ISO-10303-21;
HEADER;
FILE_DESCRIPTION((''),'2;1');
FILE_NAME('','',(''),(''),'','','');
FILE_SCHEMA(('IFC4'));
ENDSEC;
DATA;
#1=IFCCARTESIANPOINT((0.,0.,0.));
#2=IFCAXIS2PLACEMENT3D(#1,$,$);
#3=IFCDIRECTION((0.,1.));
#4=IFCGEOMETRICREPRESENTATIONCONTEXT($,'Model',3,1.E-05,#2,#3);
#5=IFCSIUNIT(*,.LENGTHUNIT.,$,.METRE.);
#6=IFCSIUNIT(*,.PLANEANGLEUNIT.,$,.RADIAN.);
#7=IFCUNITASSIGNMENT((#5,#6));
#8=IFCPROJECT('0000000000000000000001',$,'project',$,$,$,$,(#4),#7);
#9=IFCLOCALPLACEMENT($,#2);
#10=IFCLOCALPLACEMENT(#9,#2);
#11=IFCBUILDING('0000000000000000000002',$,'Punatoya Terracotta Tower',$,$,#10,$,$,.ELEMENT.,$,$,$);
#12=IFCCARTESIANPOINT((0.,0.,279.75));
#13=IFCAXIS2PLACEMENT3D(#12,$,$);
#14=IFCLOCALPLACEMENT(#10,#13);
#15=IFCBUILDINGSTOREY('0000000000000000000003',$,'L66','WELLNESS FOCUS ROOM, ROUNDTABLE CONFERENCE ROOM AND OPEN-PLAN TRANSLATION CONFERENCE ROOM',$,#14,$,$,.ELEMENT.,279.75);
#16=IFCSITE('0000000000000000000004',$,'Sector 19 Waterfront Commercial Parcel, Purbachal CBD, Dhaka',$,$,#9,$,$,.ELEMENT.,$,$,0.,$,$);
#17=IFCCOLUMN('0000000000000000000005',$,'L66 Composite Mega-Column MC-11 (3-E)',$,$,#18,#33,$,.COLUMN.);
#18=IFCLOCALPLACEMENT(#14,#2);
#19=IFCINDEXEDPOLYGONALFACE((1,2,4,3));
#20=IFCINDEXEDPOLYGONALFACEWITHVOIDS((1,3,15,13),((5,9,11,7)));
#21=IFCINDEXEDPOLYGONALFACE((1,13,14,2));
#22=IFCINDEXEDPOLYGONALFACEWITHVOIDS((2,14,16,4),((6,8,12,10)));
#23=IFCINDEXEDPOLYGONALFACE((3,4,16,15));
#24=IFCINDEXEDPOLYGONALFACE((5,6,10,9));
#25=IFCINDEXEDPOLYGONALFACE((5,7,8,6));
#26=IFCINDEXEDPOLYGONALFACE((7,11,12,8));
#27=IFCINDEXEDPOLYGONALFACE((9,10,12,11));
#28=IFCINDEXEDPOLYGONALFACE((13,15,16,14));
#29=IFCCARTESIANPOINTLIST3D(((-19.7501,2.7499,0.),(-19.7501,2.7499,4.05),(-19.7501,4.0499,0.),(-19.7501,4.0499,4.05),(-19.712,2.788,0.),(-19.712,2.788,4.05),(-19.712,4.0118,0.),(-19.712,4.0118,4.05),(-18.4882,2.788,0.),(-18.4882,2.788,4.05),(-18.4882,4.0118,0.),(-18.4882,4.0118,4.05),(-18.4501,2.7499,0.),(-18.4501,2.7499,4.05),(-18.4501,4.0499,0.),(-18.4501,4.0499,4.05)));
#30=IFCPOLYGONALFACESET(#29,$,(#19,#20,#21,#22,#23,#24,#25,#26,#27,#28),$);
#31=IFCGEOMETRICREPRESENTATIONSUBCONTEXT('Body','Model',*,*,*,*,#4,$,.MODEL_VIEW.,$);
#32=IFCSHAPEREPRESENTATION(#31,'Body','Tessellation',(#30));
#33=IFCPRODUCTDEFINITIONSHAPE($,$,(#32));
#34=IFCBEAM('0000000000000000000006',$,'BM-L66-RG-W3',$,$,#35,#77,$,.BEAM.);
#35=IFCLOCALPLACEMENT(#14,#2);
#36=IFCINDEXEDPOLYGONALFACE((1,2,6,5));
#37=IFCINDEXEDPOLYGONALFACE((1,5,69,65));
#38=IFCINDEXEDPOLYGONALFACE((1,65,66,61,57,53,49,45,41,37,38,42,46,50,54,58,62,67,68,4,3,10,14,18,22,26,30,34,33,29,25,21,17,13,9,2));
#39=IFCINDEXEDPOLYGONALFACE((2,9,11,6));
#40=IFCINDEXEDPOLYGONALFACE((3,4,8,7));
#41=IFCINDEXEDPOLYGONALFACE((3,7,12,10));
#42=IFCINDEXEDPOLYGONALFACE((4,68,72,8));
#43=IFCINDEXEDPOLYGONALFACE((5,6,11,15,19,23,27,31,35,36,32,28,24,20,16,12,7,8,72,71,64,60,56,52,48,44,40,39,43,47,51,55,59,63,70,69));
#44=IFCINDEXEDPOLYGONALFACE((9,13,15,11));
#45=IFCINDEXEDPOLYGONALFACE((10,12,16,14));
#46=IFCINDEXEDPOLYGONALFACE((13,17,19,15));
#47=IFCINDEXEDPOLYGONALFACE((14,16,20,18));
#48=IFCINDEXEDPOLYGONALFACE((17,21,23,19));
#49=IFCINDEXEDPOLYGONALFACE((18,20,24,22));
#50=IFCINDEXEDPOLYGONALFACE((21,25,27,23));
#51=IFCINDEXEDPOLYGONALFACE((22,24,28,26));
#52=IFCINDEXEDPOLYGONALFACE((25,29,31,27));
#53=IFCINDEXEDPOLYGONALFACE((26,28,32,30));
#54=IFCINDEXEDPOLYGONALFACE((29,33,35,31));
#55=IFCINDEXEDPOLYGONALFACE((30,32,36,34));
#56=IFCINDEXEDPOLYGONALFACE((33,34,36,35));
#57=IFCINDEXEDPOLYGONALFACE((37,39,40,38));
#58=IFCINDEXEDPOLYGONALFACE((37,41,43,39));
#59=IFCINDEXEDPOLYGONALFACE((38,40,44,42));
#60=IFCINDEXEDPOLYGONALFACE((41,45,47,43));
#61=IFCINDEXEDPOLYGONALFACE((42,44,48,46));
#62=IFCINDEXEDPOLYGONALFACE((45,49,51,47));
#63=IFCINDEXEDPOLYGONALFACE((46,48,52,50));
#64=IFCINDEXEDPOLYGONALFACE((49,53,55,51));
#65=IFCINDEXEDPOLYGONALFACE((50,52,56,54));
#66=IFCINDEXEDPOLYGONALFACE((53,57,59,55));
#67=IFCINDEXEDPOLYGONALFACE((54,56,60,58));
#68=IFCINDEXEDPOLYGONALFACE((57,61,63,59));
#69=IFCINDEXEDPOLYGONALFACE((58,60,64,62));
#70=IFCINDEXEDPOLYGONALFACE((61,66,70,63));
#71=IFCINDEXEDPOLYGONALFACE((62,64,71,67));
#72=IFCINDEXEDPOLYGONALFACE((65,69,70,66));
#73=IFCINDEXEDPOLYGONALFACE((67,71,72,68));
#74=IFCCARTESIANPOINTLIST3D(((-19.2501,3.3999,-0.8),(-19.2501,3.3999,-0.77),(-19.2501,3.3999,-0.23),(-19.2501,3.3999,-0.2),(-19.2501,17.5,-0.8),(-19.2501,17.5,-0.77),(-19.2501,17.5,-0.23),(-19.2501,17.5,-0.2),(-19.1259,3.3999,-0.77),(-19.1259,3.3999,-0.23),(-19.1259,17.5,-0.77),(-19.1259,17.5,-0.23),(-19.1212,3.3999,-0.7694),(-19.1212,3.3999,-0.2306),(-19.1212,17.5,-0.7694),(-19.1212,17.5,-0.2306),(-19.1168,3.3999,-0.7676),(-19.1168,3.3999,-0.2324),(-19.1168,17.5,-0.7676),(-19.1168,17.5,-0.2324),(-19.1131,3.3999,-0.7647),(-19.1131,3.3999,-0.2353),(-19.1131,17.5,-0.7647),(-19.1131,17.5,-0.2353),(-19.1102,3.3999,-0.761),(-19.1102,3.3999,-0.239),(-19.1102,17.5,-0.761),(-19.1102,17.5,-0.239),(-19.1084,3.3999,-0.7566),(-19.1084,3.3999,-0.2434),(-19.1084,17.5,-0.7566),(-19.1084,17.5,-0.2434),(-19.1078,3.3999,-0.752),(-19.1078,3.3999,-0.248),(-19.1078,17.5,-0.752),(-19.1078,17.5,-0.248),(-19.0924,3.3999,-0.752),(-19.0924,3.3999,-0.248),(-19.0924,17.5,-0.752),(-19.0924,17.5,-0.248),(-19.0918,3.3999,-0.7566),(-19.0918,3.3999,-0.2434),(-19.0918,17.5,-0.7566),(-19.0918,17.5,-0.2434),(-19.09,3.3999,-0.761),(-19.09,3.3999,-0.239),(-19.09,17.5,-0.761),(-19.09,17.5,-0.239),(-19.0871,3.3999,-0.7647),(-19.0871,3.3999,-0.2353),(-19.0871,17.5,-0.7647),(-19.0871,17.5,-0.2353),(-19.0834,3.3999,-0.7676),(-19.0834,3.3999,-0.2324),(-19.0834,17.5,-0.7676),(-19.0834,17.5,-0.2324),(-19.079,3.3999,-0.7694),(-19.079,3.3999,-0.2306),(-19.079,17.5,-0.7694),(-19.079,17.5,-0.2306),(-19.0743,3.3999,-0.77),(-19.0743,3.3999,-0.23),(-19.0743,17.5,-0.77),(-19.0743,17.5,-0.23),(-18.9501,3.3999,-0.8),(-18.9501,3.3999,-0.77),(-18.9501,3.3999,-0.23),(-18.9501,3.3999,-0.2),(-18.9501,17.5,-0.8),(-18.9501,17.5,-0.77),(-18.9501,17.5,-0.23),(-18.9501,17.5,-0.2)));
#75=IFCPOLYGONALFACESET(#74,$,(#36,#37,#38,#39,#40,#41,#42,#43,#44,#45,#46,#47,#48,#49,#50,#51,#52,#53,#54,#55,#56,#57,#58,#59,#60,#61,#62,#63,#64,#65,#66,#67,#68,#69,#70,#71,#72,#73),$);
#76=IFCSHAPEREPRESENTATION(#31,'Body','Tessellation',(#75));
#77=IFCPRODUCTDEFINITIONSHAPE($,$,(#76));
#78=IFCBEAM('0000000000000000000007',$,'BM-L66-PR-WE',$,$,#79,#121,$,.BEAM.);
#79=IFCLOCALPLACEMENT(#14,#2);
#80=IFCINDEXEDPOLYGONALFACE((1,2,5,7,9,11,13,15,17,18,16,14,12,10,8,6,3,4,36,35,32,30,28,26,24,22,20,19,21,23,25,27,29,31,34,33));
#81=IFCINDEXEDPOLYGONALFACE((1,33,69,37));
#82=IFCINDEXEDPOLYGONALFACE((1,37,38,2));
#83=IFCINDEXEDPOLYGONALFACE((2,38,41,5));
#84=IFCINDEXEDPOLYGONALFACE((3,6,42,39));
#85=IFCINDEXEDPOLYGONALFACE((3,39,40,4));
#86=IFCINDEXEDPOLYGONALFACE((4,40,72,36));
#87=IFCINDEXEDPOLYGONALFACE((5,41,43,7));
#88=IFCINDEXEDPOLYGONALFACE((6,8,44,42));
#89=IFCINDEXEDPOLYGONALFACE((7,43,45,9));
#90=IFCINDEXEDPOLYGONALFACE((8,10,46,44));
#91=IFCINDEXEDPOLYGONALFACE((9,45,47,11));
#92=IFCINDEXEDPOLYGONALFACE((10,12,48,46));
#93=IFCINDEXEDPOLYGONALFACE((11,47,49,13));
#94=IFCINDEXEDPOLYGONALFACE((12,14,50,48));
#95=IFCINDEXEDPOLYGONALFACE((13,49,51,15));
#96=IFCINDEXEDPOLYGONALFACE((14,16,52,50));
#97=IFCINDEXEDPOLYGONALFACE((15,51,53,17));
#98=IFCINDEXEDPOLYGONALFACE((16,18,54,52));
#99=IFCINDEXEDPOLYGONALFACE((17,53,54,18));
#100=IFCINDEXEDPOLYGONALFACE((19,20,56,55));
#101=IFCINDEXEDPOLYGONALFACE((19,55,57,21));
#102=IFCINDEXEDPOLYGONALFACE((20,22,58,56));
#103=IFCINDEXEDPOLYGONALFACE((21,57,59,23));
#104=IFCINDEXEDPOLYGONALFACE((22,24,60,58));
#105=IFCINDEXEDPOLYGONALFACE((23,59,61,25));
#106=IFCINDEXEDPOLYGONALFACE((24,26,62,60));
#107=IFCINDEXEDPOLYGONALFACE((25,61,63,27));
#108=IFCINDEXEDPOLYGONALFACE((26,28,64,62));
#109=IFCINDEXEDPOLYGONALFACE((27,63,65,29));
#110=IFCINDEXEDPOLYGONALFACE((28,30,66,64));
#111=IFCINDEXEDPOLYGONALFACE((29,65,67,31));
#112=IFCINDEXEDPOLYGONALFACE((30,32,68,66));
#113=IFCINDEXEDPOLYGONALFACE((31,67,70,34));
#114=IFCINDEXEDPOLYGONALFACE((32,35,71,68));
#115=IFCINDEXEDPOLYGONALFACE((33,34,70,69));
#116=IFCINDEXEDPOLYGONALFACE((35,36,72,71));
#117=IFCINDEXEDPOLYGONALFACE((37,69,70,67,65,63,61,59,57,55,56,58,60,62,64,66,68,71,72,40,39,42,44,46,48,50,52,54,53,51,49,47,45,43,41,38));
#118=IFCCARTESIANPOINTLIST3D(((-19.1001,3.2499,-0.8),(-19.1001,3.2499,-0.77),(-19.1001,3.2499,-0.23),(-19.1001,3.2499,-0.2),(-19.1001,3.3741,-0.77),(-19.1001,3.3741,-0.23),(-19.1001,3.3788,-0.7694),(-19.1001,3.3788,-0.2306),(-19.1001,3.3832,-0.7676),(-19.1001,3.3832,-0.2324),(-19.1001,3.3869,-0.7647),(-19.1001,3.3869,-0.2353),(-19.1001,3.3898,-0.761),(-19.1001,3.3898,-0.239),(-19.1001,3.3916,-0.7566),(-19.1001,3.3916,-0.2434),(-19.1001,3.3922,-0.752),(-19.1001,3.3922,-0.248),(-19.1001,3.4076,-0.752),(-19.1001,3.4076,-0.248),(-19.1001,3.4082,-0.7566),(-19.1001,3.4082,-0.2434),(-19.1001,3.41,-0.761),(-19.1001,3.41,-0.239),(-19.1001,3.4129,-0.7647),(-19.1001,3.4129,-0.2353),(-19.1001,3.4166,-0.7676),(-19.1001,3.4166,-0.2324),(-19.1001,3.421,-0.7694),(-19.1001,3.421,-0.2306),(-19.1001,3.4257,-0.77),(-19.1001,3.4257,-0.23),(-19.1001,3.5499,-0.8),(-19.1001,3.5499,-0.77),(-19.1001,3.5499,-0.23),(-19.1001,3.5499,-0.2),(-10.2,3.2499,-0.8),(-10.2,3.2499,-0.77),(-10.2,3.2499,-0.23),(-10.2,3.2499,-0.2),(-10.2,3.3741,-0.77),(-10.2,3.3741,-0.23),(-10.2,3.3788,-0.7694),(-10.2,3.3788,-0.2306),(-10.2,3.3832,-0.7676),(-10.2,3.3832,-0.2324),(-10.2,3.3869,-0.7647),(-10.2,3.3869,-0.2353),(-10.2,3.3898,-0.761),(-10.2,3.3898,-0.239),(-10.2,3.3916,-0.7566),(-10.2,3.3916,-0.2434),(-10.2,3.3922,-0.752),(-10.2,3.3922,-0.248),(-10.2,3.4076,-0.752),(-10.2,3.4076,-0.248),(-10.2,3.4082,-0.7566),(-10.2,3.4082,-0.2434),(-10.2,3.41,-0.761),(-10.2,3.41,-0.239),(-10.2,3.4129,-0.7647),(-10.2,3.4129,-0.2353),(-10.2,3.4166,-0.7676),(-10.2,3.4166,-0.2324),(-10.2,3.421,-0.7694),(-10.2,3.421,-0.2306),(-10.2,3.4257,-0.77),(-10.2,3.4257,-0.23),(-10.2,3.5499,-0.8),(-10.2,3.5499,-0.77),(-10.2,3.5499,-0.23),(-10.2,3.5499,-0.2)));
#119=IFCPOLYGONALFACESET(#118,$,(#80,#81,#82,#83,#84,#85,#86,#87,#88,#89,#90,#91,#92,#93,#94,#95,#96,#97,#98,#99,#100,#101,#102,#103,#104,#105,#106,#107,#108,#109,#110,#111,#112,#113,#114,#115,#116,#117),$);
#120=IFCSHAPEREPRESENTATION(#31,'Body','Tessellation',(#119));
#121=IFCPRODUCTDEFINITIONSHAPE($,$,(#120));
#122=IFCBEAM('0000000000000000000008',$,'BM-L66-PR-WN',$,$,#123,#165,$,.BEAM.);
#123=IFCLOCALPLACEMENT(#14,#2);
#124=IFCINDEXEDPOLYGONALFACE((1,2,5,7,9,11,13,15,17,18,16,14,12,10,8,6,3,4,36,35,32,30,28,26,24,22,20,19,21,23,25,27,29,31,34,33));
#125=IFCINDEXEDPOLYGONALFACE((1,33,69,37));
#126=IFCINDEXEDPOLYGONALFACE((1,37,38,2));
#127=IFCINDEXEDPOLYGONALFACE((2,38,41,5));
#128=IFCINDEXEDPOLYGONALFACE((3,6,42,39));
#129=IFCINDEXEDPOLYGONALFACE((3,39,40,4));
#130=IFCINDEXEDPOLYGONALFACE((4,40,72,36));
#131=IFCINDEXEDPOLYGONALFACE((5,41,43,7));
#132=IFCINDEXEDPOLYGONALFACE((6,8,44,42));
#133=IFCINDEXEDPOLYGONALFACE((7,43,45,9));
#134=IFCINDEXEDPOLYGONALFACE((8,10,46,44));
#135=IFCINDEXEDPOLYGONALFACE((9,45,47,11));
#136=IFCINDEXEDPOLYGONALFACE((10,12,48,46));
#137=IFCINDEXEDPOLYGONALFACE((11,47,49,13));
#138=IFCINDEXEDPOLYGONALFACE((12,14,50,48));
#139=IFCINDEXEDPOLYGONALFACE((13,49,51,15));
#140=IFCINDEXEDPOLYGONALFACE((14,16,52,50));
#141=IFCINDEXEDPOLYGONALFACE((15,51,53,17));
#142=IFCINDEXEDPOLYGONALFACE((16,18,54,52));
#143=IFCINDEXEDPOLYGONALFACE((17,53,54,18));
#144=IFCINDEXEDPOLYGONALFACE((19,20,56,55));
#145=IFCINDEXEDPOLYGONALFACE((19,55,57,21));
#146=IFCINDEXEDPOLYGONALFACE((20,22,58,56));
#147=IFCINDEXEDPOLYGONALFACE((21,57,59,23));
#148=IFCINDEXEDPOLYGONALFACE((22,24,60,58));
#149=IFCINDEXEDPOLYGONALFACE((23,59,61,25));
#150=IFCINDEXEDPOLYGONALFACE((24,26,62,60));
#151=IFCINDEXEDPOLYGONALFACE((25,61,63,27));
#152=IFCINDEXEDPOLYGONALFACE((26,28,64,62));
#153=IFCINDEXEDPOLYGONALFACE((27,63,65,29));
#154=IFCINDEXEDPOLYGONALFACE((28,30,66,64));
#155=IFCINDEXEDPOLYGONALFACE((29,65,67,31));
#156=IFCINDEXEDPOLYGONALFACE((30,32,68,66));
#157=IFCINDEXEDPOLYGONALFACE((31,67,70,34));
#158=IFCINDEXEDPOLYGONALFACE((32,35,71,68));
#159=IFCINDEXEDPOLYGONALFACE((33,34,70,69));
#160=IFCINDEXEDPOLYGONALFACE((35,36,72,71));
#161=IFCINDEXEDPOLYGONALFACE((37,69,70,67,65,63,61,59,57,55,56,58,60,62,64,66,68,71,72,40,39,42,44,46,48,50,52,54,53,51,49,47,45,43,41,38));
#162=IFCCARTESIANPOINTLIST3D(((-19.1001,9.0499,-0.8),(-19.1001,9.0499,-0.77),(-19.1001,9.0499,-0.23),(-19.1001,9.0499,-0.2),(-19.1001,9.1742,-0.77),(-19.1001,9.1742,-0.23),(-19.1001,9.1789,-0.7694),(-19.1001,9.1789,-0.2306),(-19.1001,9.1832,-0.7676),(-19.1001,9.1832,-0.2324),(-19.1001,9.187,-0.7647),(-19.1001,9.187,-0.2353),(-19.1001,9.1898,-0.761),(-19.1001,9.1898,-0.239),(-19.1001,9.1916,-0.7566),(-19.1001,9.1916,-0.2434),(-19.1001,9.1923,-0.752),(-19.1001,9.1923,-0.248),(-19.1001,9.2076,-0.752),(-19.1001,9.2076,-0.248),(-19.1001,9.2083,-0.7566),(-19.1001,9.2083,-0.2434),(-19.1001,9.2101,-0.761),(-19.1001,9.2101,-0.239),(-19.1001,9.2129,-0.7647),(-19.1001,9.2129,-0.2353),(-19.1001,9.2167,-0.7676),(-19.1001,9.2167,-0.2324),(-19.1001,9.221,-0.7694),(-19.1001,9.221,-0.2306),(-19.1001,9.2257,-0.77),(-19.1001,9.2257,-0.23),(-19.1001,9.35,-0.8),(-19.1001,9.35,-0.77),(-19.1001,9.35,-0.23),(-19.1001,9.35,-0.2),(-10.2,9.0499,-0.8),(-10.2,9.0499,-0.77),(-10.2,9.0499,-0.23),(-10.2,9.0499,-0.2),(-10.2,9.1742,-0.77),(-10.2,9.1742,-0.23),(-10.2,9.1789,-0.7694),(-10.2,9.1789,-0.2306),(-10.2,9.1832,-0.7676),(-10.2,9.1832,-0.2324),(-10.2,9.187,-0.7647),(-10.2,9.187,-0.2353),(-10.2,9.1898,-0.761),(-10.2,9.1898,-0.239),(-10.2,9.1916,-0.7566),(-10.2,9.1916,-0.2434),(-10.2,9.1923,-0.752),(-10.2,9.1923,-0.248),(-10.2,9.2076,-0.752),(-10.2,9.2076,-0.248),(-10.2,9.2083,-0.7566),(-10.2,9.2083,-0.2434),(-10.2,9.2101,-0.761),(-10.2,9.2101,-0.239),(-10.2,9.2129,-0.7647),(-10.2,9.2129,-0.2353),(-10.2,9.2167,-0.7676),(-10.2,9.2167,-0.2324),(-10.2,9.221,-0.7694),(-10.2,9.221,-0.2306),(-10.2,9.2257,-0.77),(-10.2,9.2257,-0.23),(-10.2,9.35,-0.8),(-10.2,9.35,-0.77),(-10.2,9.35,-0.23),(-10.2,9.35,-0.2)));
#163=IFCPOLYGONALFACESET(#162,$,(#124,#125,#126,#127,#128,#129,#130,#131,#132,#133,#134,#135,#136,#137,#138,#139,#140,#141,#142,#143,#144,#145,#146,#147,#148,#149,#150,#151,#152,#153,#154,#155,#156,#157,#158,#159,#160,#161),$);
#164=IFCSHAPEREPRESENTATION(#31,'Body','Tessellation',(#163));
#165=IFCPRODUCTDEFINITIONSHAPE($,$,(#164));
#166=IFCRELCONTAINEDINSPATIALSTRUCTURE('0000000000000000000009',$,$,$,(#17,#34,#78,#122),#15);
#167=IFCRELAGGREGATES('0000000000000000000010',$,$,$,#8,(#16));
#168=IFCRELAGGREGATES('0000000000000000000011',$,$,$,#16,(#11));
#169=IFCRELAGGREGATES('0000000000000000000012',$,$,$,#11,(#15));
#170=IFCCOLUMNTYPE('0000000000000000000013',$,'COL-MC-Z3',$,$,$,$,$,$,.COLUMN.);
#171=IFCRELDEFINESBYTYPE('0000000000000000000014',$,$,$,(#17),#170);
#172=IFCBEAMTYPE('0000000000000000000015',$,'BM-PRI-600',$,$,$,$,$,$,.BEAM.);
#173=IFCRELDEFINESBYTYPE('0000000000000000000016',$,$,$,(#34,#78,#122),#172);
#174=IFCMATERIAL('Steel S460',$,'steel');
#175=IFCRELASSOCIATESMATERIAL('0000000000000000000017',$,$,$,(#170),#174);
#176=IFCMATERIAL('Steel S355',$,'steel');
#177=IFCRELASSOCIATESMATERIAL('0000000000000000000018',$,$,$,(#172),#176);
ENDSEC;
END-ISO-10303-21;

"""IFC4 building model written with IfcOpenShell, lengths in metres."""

from ifc_helpers import new_model, si_unit, direction, frame, origin, origin_2d, place, context, subcontext, project, spatial, hollow_rectangle, i_section, extrude, material, material_profile, profile_set, type_object, element, save


model = new_model("IFC4")

# Units and contexts
model_context = context("Model", 3, precision=1e-05, world=origin(), true_north=direction((0.0, 1.0)))
body_context = subcontext(model_context, "Body", "Model", "MODEL_VIEW")
ifc_project = project(units=[si_unit("LENGTHUNIT", "METRE"), si_unit("PLANEANGLEUNIT", "RADIAN")], contexts=[model_context])

# Site, building, storey
site_placement = place(None, origin())
site = spatial("IfcSite", under=ifc_project, at=site_placement, Name="Sector 19 Waterfront Commercial Parcel, Purbachal CBD, Dhaka", CompositionType="ELEMENT", RefElevation=0.0)
building_placement = place(site_placement, origin())
building = spatial("IfcBuilding", under=site, at=building_placement, Name="Punatoya Terracotta Tower", CompositionType="ELEMENT")
storey_placement = place(building_placement, frame((0.0, 0.0, 279.75)))
storey = spatial("IfcBuildingStorey", under=building, at=storey_placement, Name="L66", Description="WELLNESS FOCUS ROOM, ROUNDTABLE CONFERENCE ROOM AND OPEN-PLAN TRANSLATION CONFERENCE ROOM", CompositionType="ELEMENT", Elevation=279.75)

# Column
ifc_material_1 = material(Name="Steel S460", Category="steel")
ifc_material_profile_1 = material_profile(ifc_material_1, hollow_rectangle(XDim=1.3, YDim=1.3, WallThickness=0.0381, at=origin_2d()))
ifc_profile_set_1 = profile_set([ifc_material_profile_1], Name="Steel S460")
column_type = type_object("IfcColumnType", Name="COL-MC-Z3", PredefinedType="COLUMN", material=ifc_profile_set_1)
column_placement = place(storey_placement, frame((-19.1001, 3.3999, 0.0), z_axis=(0.0, 0.0, 1.0), x_axis=(1.0, 0.0, 0.0)))
element("IfcColumn", 1, at=column_placement, inside=storey, type_object=column_type, Name="L66 Composite Mega-Column MC-11 (3-E)", PredefinedType="COLUMN", context=body_context, shape_type="SweptSolid", body=[
    extrude(hollow_rectangle(XDim=1.3, YDim=1.3, WallThickness=0.0381, at=origin_2d()), origin(), (0.0, 0.0, 1.0), 4.05),
])

# Beams
ifc_material_2 = material(Name="Steel S355", Category="steel")
ifc_material_profile_2 = material_profile(ifc_material_2, i_section(OverallWidth=0.3, OverallDepth=0.6001, WebThickness=0.0154, FlangeThickness=0.03, FilletRadius=0.0181, at=origin_2d()))
ifc_profile_set_2 = profile_set([ifc_material_profile_2], Name="Steel S355")
beam_type_1 = type_object("IfcBeamType", Name="BM-PRI-600", PredefinedType="BEAM", material=ifc_profile_set_2)
beam_1_placement = place(storey_placement, frame((-19.1001, 3.3999, -0.5), z_axis=(0.0, 1.0, 0.0), x_axis=(-1.0, 0.0, 0.0)))
element("IfcBeam", 2, at=beam_1_placement, inside=storey, type_object=beam_type_1, Name="BM-L66-RG-W3", PredefinedType="BEAM", context=body_context, shape_type="SweptSolid", body=[
    extrude(i_section(OverallWidth=0.3, OverallDepth=0.6001, WebThickness=0.0154, FlangeThickness=0.03, FilletRadius=0.0181, at=origin_2d()), origin(), (0.0, 0.0, 1.0), 14.1001),
])
for number, where, z_axis, x_axis, name in (
    (3, (-19.1001, 3.3999, -0.5), (1.0, 0.0, 0.0), (0.0, 1.0, 0.0), "BM-L66-PR-WE"),
    (4, (-19.1001, 9.2, -0.5), (1.0, 0.0, 0.0), (0.0, 1.0, 0.0), "BM-L66-PR-WN"),
):
    element("IfcBeam", number, at=place(storey_placement, frame(where, z_axis=z_axis, x_axis=x_axis)), inside=storey, type_object=beam_type_1, Name=name, PredefinedType="BEAM", context=body_context, shape_type="SweptSolid", body=[
        extrude(i_section(OverallWidth=0.3, OverallDepth=0.6001, WebThickness=0.0154, FlangeThickness=0.03, FilletRadius=0.0181, at=origin_2d()), origin(), (0.0, 0.0, 1.0), 8.9001),
    ])

save(model, "model.ifc")
